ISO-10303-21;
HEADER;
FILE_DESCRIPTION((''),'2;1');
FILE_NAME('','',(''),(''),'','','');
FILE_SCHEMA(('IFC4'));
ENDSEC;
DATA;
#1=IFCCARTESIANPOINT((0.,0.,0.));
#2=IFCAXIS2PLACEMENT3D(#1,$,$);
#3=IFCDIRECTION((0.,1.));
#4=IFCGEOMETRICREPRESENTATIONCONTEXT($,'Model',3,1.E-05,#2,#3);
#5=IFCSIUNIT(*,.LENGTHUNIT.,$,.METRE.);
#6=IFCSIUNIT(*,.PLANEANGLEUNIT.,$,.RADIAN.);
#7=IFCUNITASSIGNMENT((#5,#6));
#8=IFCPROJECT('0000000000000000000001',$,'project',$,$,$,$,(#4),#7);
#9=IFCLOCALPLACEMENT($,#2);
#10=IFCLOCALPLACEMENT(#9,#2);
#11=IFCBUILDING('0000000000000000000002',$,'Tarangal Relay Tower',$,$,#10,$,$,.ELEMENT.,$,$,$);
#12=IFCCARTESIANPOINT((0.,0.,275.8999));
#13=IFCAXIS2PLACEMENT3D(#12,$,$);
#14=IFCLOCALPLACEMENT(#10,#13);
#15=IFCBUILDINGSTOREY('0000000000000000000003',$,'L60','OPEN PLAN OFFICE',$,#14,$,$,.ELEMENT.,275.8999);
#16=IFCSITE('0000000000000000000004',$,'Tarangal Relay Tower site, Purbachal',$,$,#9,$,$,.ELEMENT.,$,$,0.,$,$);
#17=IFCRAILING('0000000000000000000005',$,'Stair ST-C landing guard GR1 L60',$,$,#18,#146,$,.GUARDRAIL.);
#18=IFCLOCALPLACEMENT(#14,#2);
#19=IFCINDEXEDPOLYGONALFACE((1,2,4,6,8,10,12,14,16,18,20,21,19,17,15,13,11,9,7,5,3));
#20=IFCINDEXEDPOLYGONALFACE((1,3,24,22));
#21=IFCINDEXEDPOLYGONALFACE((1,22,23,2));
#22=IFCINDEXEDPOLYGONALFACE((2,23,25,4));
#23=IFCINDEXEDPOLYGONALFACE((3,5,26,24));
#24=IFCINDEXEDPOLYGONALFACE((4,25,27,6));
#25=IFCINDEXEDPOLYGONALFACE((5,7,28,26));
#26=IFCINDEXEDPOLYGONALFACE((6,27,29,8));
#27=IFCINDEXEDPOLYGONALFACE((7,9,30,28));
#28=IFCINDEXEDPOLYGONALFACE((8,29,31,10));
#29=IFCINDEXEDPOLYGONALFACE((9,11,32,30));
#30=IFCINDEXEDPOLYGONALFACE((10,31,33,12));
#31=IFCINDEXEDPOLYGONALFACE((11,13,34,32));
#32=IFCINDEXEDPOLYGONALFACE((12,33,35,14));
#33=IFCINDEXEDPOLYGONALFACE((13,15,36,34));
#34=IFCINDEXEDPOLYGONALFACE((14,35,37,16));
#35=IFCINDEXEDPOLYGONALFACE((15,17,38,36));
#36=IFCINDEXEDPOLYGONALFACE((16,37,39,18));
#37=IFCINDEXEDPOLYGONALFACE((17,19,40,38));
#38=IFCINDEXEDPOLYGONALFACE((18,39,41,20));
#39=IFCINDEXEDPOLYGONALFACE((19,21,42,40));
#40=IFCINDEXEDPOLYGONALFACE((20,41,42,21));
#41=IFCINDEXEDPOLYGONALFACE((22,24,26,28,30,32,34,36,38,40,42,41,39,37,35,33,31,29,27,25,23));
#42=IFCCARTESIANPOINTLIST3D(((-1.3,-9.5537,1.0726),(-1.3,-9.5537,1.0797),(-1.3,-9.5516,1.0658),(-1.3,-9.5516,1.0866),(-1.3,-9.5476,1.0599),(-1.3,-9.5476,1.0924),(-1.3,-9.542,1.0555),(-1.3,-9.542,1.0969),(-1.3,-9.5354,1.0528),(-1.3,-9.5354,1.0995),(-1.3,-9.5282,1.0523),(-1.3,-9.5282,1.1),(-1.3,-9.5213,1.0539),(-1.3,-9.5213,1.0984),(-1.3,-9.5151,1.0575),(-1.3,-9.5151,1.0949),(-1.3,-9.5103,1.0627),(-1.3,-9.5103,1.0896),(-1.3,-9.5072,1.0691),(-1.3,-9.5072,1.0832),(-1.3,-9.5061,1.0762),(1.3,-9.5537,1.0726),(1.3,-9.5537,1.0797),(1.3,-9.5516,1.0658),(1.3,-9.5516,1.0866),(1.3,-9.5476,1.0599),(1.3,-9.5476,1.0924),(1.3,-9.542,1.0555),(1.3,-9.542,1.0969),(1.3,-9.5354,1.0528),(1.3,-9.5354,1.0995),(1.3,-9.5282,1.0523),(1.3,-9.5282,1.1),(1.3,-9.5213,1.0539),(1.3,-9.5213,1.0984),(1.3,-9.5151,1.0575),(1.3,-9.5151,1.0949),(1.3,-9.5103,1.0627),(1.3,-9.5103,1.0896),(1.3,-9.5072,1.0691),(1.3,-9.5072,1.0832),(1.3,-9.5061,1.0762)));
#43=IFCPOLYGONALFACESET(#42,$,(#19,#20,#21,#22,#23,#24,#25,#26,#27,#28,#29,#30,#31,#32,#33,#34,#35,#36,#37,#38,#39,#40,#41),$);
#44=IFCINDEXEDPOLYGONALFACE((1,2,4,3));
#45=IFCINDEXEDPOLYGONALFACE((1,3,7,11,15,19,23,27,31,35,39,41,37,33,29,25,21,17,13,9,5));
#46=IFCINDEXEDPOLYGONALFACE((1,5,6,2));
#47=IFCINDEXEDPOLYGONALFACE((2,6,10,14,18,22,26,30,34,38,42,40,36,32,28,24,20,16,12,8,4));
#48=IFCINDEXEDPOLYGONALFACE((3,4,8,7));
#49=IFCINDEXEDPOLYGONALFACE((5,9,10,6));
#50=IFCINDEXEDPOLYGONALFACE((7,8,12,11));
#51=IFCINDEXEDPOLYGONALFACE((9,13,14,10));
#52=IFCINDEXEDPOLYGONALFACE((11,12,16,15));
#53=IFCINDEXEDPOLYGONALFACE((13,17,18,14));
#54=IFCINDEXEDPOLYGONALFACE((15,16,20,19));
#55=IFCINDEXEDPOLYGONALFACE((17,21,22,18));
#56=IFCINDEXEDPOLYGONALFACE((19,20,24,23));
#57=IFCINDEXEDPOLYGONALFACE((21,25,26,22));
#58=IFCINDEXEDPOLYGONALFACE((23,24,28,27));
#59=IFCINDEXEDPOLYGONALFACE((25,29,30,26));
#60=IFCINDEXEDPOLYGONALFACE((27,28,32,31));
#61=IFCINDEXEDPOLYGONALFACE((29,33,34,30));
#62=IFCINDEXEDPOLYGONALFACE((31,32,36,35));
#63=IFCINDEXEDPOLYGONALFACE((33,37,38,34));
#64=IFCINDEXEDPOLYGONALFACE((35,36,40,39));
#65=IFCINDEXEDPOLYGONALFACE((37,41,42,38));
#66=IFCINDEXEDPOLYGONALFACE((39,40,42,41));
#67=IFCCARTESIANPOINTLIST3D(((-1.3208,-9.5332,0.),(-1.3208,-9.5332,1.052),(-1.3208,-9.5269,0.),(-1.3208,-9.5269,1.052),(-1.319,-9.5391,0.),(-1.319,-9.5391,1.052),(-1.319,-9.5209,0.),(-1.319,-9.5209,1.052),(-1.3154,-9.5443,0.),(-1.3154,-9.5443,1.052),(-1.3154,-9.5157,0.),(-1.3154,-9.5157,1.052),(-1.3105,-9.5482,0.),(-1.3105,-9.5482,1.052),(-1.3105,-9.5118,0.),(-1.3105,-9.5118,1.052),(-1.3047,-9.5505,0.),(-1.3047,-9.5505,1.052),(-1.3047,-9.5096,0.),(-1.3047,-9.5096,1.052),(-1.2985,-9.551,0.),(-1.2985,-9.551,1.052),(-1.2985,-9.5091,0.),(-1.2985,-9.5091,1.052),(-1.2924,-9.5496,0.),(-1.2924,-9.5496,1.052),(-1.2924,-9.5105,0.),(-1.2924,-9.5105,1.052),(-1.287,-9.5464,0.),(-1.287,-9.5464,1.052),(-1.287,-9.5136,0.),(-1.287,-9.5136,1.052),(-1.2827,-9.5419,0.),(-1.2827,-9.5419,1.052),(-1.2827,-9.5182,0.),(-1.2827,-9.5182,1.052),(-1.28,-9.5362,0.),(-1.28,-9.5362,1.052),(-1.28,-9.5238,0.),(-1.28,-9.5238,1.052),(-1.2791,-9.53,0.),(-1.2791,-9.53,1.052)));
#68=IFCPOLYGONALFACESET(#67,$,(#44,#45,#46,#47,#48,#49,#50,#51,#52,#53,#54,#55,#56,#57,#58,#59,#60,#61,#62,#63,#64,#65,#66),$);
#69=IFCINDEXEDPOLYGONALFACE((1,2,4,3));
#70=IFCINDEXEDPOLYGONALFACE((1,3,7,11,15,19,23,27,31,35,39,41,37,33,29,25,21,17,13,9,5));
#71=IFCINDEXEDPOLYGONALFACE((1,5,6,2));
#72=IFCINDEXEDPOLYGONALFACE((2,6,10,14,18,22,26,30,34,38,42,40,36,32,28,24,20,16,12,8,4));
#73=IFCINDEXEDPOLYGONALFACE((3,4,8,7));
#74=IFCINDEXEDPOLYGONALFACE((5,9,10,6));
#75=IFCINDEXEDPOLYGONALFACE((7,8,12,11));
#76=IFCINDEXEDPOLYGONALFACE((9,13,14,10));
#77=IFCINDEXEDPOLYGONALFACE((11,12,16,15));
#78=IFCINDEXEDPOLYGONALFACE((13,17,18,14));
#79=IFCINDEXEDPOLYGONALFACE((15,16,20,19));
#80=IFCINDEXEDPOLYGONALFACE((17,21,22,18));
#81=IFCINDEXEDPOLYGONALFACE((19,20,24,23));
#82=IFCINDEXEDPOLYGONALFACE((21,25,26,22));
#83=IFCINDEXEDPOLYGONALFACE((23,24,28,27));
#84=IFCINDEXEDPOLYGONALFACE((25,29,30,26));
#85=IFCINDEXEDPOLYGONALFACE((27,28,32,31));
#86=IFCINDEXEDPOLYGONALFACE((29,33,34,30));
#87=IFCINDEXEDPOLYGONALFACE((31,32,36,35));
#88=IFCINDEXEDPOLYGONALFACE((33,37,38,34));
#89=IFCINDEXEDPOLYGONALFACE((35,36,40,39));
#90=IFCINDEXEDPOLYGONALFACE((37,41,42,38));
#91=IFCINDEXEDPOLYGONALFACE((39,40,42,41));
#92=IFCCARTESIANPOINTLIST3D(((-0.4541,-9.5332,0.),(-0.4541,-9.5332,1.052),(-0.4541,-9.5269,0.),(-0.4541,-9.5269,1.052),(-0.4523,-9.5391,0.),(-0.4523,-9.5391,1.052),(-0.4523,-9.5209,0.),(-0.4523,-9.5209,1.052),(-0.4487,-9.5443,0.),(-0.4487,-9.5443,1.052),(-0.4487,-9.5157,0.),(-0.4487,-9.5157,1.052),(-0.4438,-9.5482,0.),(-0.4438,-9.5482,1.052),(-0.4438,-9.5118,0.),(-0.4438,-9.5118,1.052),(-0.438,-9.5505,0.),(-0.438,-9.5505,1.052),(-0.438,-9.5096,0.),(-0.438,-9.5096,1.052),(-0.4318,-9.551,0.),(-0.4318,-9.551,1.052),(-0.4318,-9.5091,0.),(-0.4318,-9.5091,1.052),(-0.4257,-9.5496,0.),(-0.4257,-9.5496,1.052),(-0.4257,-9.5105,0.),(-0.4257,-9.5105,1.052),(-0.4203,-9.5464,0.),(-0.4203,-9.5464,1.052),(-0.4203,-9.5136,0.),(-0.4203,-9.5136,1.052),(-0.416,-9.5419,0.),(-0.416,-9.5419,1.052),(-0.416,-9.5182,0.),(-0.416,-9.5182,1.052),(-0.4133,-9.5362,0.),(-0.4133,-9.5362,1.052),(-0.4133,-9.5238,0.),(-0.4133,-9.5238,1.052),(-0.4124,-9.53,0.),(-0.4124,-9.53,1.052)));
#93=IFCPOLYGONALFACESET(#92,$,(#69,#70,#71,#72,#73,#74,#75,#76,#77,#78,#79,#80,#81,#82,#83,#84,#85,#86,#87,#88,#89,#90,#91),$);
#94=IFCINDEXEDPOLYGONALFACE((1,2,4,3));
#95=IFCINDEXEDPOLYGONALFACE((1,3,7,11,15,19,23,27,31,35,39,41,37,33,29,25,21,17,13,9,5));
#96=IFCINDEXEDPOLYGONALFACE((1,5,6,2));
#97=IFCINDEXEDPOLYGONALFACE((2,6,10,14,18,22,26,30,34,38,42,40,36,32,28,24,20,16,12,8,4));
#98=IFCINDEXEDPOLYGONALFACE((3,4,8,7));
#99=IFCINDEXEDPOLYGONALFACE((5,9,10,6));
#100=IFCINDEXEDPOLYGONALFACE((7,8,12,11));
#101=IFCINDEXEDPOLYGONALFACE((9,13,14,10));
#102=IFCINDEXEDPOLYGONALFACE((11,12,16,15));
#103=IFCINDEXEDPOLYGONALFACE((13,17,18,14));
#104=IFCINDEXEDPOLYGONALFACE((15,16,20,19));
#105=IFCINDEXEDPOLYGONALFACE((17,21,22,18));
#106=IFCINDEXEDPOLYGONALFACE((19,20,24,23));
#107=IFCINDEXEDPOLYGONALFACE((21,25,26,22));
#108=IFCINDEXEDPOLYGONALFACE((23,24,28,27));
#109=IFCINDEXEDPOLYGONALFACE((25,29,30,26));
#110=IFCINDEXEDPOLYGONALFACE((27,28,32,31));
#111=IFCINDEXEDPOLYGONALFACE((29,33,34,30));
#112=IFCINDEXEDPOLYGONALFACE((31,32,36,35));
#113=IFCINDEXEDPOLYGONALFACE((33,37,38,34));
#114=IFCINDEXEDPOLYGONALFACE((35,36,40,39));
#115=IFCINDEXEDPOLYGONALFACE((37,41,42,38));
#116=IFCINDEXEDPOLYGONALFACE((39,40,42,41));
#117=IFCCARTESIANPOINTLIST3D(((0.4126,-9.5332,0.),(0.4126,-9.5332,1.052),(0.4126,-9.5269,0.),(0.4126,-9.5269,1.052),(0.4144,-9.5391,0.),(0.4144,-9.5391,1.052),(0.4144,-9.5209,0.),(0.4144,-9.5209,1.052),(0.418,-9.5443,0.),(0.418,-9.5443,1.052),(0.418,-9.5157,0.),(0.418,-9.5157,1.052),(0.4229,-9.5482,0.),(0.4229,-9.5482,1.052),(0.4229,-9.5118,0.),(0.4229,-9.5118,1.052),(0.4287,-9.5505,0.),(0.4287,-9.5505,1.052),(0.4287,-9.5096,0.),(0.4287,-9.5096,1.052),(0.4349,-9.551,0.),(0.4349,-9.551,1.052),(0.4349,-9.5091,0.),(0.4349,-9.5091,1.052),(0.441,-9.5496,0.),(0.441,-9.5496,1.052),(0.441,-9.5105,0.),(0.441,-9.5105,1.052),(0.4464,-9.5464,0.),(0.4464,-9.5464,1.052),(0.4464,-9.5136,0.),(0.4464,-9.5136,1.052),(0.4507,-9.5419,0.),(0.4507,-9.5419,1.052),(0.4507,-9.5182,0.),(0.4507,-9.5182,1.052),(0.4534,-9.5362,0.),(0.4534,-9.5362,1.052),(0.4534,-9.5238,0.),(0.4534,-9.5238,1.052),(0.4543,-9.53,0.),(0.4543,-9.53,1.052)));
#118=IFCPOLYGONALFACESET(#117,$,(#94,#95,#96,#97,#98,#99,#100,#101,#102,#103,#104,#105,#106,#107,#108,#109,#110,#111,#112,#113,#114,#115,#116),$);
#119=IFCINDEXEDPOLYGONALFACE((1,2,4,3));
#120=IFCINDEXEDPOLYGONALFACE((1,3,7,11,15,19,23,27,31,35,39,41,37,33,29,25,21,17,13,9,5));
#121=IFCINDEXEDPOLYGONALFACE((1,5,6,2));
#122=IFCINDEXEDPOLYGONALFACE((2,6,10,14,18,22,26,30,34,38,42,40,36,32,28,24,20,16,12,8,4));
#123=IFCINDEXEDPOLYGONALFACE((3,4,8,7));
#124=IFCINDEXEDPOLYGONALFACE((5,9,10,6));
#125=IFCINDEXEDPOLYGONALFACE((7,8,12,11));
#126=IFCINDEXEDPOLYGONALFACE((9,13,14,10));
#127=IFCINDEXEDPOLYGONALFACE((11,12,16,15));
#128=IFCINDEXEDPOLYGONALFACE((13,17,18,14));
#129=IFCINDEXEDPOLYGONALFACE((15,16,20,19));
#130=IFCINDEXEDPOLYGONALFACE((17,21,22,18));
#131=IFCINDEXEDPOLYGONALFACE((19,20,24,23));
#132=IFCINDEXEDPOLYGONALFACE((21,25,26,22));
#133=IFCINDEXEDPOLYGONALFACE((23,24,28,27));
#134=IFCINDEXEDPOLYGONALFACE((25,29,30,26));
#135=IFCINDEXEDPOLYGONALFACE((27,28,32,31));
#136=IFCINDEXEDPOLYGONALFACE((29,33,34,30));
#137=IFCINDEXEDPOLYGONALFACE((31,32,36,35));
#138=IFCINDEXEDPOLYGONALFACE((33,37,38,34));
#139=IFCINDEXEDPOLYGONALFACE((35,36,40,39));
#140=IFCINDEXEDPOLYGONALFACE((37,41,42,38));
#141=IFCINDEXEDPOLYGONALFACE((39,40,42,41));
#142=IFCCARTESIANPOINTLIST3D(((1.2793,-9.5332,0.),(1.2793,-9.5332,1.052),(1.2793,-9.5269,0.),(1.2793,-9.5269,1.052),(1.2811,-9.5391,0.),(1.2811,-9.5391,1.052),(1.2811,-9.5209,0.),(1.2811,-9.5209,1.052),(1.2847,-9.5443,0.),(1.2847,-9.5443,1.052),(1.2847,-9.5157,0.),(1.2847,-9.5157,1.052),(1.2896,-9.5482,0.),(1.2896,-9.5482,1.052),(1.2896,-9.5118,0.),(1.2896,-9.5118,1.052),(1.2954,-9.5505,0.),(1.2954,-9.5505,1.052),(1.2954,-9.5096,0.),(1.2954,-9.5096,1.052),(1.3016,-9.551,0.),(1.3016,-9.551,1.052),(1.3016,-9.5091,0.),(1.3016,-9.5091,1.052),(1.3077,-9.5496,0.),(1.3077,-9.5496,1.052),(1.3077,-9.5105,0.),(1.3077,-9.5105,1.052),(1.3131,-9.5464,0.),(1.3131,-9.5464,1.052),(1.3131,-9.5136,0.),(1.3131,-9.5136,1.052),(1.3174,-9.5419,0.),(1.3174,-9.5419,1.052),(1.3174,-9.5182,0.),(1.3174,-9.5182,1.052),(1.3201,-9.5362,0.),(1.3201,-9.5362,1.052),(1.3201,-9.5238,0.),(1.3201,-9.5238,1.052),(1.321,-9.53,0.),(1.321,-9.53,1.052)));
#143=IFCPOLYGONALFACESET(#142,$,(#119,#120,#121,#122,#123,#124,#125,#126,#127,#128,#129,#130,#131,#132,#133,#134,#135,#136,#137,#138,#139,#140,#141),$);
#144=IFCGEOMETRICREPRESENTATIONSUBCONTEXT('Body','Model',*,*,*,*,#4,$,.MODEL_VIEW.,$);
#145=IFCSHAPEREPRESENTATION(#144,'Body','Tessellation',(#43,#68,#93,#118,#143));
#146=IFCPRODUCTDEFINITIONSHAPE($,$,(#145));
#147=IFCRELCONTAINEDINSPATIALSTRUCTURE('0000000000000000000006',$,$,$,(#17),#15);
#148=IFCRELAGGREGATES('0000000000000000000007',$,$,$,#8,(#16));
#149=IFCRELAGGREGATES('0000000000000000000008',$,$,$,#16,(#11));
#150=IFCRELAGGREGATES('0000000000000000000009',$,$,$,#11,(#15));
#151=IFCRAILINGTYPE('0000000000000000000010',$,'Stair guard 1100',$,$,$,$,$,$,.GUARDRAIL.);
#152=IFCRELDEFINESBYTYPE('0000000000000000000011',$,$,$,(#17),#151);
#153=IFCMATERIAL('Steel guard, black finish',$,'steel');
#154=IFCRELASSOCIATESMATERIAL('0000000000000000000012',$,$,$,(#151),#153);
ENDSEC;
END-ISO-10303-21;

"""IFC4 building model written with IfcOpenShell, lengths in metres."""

from ifc_helpers import new_model, si_unit, direction, frame, origin, origin_2d, place, context, subcontext, project, spatial, circle, extrude, material, type_object, element, save


model = new_model("IFC4")

# Units and contexts
model_context = context("Model", 3, precision=1e-05, world=origin(), true_north=direction((0.0, 1.0)))
body_context = subcontext(model_context, "Body", "Model", "MODEL_VIEW")
ifc_project = project(units=[si_unit("LENGTHUNIT", "METRE"), si_unit("PLANEANGLEUNIT", "RADIAN")], contexts=[model_context])

# Site, building, storey
site_placement = place(None, origin())
site = spatial("IfcSite", under=ifc_project, at=site_placement, Name="Tarangal Relay Tower site, Purbachal", CompositionType="ELEMENT", RefElevation=0.0)
building_placement = place(site_placement, origin())
building = spatial("IfcBuilding", under=site, at=building_placement, Name="Tarangal Relay Tower", CompositionType="ELEMENT")
storey_placement = place(building_placement, frame((0.0, 0.0, 275.8999)))
storey = spatial("IfcBuildingStorey", under=building, at=storey_placement, Name="L60", Description="OPEN PLAN OFFICE", CompositionType="ELEMENT", Elevation=275.8999)

# Railing
ifc_material_1 = material(Name="Steel guard, black finish", Category="steel")
railing_type_1 = type_object("IfcRailingType", Name="Stair guard 1100", PredefinedType="GUARDRAIL", material=ifc_material_1)
railing_1_placement = place(storey_placement, frame((-1.3, -9.53, 0.0)))
element("IfcRailing", 1, at=railing_1_placement, inside=storey, type_object=railing_type_1, Name="Stair ST-C landing guard GR1 L60", PredefinedType="GUARDRAIL", context=body_context, shape_type="SweptSolid", body=[
    extrude(circle(Radius=0.0239, at=origin_2d()), frame((0.0, 0.0, 1.0762), z_axis=(1.0, 0.0, 0.0), x_axis=(0.0, 1.0, 0.0)), (0.0, 0.0, 1.0), 2.6001),
    extrude(circle(Radius=0.021, at=origin_2d()), origin(), (0.0, 0.0, 1.0), 1.052),
    extrude(circle(Radius=0.021, at=origin_2d()), frame((0.8667, 0.0, 0.0)), (0.0, 0.0, 1.0), 1.052),
    extrude(circle(Radius=0.021, at=origin_2d()), frame((1.7334, 0.0, 0.0)), (0.0, 0.0, 1.0), 1.052),
    extrude(circle(Radius=0.021, at=origin_2d()), frame((2.6001, 0.0, 0.0)), (0.0, 0.0, 1.0), 1.052),
])

save(model, "model.ifc")
